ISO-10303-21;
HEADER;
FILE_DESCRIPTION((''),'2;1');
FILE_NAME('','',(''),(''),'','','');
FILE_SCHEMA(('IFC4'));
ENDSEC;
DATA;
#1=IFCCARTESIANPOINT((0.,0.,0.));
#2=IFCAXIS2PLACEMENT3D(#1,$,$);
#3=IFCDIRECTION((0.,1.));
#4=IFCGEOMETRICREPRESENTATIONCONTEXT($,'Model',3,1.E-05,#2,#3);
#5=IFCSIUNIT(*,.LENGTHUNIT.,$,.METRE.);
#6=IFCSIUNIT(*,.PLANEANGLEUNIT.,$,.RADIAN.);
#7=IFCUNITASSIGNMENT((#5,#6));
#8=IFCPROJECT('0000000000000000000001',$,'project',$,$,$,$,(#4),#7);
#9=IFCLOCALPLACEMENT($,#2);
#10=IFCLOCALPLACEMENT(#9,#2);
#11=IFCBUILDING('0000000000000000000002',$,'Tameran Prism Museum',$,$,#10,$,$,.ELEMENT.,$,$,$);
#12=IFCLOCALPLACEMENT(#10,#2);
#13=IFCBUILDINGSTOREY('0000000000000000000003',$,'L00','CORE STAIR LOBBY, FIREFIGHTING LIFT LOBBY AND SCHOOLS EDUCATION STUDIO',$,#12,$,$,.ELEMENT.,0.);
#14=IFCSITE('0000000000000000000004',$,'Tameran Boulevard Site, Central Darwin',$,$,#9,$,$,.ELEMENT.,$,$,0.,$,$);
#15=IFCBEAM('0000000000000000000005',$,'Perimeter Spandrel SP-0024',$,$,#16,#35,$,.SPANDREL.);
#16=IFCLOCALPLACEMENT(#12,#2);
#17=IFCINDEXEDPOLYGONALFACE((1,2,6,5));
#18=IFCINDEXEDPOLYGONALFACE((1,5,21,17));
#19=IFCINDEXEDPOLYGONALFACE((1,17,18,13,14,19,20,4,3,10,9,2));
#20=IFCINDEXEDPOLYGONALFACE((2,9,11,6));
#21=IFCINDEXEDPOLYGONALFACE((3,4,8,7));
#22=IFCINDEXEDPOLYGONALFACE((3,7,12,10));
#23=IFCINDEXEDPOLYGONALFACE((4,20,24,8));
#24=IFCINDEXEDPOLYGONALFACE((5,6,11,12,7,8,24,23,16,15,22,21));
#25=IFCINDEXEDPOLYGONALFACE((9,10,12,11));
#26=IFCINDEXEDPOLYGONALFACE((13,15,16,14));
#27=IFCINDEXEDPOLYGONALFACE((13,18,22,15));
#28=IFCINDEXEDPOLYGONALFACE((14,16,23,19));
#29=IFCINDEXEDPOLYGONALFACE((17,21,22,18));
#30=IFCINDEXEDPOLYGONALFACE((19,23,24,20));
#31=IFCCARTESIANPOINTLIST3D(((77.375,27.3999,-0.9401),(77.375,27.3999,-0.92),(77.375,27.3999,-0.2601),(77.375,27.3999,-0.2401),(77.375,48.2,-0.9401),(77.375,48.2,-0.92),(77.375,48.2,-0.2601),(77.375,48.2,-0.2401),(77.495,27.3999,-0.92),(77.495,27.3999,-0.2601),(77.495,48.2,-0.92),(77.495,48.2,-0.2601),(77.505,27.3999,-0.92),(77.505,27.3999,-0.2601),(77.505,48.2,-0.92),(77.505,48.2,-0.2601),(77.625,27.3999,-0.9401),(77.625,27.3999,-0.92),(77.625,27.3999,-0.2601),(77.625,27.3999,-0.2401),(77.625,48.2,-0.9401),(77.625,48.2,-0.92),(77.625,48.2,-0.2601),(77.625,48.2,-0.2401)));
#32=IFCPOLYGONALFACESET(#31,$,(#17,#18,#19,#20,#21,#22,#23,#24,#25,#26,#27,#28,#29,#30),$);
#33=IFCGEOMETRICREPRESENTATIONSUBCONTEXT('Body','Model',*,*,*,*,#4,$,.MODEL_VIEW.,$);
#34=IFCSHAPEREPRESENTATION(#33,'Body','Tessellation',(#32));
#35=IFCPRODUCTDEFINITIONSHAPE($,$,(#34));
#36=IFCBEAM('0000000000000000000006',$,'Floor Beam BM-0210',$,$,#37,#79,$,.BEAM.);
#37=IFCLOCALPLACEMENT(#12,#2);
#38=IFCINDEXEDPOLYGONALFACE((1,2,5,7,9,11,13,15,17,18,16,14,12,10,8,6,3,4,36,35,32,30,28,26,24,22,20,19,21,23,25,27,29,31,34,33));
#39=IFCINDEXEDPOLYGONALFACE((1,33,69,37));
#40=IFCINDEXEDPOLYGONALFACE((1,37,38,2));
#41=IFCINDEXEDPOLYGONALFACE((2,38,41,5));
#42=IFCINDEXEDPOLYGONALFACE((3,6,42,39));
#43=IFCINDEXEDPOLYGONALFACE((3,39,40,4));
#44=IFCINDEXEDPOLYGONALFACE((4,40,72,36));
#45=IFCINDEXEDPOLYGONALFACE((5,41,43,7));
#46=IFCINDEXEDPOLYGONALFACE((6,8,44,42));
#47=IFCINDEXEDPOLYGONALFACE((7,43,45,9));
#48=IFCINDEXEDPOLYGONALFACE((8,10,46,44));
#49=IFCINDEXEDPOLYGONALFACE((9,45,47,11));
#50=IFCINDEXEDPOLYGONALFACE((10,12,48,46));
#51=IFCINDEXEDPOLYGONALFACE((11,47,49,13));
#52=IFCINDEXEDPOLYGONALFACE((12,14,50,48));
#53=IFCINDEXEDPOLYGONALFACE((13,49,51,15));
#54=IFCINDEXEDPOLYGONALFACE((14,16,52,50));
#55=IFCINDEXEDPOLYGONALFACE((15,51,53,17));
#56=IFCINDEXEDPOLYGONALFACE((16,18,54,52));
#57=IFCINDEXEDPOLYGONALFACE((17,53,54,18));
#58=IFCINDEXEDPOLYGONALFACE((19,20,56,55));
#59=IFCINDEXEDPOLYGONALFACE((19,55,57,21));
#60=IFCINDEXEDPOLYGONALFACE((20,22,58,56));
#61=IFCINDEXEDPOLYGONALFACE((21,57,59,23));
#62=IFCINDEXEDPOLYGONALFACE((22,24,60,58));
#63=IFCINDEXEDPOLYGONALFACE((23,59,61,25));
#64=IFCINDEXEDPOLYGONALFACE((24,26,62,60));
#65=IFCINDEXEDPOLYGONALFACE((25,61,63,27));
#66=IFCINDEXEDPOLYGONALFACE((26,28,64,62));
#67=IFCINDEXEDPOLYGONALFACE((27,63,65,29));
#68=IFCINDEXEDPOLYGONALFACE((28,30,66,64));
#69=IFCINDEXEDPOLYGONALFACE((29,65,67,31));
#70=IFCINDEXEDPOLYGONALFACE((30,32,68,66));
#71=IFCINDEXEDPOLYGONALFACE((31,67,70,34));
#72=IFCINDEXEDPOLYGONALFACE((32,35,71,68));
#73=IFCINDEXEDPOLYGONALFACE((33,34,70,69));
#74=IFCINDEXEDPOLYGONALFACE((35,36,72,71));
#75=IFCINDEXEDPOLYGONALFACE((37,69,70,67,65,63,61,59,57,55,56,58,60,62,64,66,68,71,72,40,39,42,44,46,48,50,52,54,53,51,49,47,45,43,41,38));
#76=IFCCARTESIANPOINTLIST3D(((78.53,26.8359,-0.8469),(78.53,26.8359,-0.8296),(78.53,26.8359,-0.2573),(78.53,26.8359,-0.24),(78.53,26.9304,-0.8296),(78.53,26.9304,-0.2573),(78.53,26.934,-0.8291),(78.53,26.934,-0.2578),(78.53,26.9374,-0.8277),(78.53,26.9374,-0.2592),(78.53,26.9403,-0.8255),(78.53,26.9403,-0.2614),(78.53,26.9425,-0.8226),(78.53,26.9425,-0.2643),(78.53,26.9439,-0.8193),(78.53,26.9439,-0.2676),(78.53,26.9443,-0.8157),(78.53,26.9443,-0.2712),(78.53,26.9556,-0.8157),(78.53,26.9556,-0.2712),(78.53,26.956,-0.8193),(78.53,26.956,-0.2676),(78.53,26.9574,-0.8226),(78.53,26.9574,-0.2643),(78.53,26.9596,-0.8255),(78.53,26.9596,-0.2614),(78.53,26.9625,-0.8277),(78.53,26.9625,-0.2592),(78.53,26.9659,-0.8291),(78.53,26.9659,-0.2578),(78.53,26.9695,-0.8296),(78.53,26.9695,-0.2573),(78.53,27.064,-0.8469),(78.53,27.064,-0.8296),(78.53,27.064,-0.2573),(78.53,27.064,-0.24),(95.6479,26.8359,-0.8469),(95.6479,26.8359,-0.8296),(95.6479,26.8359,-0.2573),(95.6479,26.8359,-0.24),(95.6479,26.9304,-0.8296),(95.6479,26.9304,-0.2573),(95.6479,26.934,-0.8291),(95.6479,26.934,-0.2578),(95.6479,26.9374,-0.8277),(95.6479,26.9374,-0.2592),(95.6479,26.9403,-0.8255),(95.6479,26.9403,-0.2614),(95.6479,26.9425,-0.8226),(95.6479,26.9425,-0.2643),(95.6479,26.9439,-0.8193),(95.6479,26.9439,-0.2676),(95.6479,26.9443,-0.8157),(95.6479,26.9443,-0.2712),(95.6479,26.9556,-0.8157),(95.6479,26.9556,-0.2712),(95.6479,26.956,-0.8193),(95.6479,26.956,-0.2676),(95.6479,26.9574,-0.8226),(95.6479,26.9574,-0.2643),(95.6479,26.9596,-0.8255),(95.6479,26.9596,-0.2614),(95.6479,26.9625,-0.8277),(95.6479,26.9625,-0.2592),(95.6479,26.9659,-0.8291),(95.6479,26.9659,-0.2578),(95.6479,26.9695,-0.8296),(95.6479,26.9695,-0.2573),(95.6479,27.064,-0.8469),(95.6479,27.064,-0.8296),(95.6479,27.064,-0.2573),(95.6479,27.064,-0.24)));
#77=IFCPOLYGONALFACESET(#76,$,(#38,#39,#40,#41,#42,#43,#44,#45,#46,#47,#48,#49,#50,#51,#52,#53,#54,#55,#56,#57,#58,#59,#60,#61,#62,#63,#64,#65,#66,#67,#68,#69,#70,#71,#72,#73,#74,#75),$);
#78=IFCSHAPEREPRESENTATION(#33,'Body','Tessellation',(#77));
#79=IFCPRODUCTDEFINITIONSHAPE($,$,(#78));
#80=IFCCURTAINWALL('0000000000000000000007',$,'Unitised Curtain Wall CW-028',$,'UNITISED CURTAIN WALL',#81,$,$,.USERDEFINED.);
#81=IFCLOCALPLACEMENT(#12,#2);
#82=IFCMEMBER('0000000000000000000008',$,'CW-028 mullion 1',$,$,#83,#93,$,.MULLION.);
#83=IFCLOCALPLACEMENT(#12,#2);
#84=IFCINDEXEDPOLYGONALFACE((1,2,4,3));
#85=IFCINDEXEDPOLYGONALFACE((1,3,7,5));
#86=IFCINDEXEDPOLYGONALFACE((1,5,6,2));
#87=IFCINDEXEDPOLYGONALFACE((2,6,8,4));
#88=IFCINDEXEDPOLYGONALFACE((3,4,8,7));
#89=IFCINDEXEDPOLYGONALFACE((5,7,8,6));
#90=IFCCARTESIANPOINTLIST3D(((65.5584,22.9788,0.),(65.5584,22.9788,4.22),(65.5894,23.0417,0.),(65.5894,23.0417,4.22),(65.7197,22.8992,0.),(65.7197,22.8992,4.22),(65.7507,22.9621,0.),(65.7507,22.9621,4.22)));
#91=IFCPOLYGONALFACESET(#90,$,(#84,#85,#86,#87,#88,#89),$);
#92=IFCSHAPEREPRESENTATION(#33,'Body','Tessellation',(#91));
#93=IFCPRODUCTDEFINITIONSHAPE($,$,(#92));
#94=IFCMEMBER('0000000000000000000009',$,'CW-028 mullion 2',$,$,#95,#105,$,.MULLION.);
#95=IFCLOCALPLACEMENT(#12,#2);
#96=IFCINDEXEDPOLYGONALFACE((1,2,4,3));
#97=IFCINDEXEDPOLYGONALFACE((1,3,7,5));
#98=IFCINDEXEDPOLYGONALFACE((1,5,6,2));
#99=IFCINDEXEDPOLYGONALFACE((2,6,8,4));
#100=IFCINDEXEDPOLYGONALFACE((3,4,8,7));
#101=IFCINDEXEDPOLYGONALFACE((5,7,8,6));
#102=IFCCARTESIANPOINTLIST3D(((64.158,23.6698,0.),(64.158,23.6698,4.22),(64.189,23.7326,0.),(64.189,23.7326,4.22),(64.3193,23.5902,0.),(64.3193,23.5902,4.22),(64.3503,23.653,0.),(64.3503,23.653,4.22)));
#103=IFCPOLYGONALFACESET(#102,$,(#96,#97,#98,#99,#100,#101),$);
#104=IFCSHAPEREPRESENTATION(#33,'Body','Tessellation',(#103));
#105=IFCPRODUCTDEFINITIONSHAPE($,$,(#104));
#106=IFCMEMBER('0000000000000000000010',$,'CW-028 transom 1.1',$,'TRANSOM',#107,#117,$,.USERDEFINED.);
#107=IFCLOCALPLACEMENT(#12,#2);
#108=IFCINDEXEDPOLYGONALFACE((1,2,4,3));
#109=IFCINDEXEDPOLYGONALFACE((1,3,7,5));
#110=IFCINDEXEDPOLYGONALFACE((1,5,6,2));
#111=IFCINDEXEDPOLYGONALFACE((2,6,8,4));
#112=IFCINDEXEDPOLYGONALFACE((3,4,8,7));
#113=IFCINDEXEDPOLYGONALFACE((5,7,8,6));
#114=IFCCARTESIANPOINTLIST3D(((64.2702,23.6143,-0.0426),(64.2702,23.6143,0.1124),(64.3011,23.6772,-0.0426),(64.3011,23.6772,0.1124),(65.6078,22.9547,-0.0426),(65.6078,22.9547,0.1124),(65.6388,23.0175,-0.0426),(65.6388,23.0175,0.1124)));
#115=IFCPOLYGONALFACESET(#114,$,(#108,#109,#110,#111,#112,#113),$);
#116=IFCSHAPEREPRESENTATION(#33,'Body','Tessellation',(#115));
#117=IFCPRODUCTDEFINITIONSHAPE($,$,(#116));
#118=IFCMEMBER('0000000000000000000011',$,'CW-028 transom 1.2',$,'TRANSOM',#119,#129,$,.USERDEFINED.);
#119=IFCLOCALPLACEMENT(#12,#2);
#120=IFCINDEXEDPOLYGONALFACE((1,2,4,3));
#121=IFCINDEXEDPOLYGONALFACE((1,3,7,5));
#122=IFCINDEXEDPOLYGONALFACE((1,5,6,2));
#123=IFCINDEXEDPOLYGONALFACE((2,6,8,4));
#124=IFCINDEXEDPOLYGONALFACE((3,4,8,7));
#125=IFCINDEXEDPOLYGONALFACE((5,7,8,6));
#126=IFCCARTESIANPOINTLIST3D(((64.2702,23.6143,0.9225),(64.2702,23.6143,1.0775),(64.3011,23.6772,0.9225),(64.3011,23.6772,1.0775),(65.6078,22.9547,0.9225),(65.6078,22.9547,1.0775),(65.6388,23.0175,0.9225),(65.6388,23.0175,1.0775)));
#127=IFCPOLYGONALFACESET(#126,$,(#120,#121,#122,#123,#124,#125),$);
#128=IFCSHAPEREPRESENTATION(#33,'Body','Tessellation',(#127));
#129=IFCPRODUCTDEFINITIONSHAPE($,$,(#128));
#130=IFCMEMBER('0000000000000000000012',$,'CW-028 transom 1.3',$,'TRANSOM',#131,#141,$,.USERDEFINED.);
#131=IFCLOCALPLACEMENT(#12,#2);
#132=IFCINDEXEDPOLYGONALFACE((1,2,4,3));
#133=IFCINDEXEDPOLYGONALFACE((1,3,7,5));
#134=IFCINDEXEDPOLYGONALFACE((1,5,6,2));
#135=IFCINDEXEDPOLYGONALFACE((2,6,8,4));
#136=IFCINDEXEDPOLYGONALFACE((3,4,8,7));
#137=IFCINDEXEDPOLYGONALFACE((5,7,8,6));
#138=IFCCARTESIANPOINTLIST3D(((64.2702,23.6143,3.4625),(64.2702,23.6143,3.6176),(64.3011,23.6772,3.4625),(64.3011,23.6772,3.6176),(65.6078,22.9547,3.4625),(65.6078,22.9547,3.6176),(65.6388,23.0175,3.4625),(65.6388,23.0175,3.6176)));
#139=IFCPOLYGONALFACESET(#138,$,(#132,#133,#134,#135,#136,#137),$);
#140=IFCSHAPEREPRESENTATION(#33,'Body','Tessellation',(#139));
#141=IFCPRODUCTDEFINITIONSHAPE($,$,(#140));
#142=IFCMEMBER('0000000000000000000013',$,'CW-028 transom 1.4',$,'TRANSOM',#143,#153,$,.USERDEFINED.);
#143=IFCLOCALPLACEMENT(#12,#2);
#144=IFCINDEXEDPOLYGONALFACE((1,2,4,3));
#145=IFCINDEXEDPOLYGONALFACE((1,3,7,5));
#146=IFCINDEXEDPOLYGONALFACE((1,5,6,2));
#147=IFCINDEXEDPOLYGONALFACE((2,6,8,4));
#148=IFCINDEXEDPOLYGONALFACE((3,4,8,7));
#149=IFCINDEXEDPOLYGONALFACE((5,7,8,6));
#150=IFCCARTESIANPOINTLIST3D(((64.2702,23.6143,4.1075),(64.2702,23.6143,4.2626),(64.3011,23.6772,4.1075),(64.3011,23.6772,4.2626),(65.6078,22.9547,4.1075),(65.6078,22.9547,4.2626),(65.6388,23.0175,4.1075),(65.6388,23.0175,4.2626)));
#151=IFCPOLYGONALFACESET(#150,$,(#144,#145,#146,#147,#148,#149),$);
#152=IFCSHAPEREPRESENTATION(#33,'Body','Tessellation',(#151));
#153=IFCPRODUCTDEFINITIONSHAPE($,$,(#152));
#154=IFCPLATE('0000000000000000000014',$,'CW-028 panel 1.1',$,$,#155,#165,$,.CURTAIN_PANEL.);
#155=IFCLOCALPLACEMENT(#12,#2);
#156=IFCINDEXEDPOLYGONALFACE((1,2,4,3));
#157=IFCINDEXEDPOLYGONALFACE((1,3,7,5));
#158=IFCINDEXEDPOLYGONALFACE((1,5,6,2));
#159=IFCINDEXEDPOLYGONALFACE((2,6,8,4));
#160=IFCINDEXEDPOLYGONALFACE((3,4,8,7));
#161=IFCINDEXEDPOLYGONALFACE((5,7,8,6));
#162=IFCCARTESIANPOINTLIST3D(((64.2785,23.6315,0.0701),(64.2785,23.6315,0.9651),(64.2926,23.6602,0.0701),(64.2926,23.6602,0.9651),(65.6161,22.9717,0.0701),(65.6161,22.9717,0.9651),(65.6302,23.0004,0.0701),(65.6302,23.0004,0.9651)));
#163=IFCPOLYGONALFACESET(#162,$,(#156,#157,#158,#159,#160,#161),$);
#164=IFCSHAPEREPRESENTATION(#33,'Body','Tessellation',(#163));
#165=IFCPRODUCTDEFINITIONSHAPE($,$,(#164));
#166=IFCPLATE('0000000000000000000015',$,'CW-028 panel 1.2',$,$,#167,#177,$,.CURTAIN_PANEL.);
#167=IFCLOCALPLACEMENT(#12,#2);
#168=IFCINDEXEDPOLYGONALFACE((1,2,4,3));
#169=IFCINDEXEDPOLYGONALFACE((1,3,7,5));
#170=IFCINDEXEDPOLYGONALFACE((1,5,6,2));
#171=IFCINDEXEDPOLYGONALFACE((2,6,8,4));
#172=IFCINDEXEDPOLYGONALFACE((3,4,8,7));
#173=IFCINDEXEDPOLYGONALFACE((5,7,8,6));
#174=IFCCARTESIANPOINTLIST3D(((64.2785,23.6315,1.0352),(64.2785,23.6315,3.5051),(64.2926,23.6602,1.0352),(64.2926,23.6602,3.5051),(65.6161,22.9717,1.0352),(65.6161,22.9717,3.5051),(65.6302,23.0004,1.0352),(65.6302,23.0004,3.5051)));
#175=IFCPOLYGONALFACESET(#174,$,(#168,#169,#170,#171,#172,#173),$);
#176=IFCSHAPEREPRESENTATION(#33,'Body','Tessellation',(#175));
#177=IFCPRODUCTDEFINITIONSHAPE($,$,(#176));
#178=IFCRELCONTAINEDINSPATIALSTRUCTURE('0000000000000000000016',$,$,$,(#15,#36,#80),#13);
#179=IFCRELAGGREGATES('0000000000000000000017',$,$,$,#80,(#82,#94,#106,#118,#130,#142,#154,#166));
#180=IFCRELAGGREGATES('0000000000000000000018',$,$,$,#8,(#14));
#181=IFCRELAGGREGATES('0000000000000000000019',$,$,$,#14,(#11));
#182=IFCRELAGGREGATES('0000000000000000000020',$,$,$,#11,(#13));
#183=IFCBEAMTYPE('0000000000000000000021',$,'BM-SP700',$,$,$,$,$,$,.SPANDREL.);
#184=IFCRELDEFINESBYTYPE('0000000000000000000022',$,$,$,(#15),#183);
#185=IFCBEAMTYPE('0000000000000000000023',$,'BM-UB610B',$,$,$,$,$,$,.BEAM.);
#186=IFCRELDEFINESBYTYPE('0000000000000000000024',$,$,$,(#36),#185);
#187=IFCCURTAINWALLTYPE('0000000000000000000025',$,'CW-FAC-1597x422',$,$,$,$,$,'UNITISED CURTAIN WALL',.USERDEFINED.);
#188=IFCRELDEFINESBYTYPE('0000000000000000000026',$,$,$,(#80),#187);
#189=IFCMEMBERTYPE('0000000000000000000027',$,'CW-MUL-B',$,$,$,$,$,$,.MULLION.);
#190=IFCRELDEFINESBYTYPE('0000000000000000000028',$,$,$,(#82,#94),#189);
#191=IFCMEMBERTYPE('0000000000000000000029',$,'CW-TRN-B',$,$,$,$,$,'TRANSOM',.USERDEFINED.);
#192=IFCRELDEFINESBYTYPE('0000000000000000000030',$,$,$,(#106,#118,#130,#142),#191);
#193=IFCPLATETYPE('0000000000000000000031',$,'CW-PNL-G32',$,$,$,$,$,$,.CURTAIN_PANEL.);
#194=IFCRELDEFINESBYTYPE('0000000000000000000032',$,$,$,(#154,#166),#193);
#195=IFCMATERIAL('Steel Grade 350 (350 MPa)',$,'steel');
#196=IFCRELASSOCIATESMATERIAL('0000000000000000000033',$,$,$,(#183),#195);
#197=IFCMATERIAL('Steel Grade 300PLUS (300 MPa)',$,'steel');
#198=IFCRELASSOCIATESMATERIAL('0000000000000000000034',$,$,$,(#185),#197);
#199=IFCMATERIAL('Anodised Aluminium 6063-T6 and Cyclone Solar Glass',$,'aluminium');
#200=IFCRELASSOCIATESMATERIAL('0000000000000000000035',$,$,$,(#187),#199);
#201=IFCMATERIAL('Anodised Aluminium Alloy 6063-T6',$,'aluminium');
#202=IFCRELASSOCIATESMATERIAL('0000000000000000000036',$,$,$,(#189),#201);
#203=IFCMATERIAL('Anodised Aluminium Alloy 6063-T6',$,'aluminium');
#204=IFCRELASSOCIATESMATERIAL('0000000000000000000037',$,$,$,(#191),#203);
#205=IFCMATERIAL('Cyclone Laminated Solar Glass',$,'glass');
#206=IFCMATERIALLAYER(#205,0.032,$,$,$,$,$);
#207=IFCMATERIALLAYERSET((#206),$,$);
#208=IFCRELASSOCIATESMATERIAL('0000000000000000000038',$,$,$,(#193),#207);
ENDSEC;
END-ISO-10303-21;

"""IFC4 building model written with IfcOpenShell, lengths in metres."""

from ifc_helpers import new_model, si_unit, direction, frame, origin, origin_2d, place, context, subcontext, project, spatial, rectangle, i_section, extrude, material, layer, layer_set, material_profile, profile_set, type_object, element, aggregate, save


model = new_model("IFC4")

# Units and contexts
model_context = context("Model", 3, precision=1e-05, world=origin(), true_north=direction((0.0, 1.0)))
body_context = subcontext(model_context, "Body", "Model", "MODEL_VIEW")
ifc_project = project(units=[si_unit("LENGTHUNIT", "METRE"), si_unit("PLANEANGLEUNIT", "RADIAN")], contexts=[model_context])

# Site, building, storey
site_placement = place(None, origin())
site = spatial("IfcSite", under=ifc_project, at=site_placement, Name="Tameran Boulevard Site, Central Darwin", CompositionType="ELEMENT", RefElevation=0.0)
building_placement = place(site_placement, origin())
building = spatial("IfcBuilding", under=site, at=building_placement, Name="Tameran Prism Museum", CompositionType="ELEMENT")
storey_placement = place(building_placement, origin())
storey = spatial("IfcBuildingStorey", under=building, at=storey_placement, Name="L00", Description="CORE STAIR LOBBY, FIREFIGHTING LIFT LOBBY AND SCHOOLS EDUCATION STUDIO", CompositionType="ELEMENT", Elevation=0.0)

# Beams
ifc_material_1 = material(Name="Steel Grade 350 (350 MPa)", Category="steel")
ifc_material_profile_1 = material_profile(ifc_material_1, i_section(OverallWidth=0.25, OverallDepth=0.7, WebThickness=0.01, FlangeThickness=0.02, at=origin_2d()))
ifc_profile_set_1 = profile_set([ifc_material_profile_1])
beam_type_1 = type_object("IfcBeamType", Name="BM-SP700", PredefinedType="SPANDREL", material=ifc_profile_set_1)
beam_1_placement = place(storey_placement, frame((77.5, 27.3999, -0.5901), z_axis=(0.0, 1.0, 0.0), x_axis=(-1.0, 0.0, 0.0)))
element("IfcBeam", 1, at=beam_1_placement, inside=storey, type_object=beam_type_1, Name="Perimeter Spandrel SP-0024", PredefinedType="SPANDREL", context=body_context, shape_type="SweptSolid", body=[
    extrude(i_section(OverallWidth=0.25, OverallDepth=0.7, WebThickness=0.01, FlangeThickness=0.02, at=origin_2d()), origin(), (0.0, 0.0, 1.0), 20.8),
])
ifc_material_2 = material(Name="Steel Grade 300PLUS (300 MPa)", Category="steel")
ifc_material_profile_2 = material_profile(ifc_material_2, i_section(OverallWidth=0.228, OverallDepth=0.6069, WebThickness=0.0112, FlangeThickness=0.0173, FilletRadius=0.0139, at=origin_2d()))
ifc_profile_set_2 = profile_set([ifc_material_profile_2])
beam_type_2 = type_object("IfcBeamType", Name="BM-UB610B", PredefinedType="BEAM", material=ifc_profile_set_2)
beam_2_placement = place(storey_placement, frame((78.53, 26.95, -0.5435), z_axis=(1.0, 0.0, 0.0), x_axis=(0.0, 1.0, 0.0)))
element("IfcBeam", 2, at=beam_2_placement, inside=storey, type_object=beam_type_2, Name="Floor Beam BM-0210", PredefinedType="BEAM", context=body_context, shape_type="SweptSolid", body=[
    extrude(i_section(OverallWidth=0.228, OverallDepth=0.6069, WebThickness=0.0112, FlangeThickness=0.0173, FilletRadius=0.0139, at=origin_2d()), origin(), (0.0, 0.0, 1.0), 17.1179),
])

# Curtain wall, members, plates
ifc_material_3 = material(Name="Anodised Aluminium 6063-T6 and Cyclone Solar Glass", Category="aluminium")
curtain_wall_type = type_object("IfcCurtainWallType", Name="CW-FAC-1597x422", ElementType="UNITISED CURTAIN WALL", PredefinedType="USERDEFINED", material=ifc_material_3)
curtain_wall_placement = place(storey_placement, origin())
curtain_wall = element("IfcCurtainWall", 3, at=curtain_wall_placement, inside=storey, type_object=curtain_wall_type, Name="Unitised Curtain Wall CW-028", ObjectType="UNITISED CURTAIN WALL", PredefinedType="USERDEFINED")
ifc_material_4 = material(Name="Anodised Aluminium Alloy 6063-T6", Category="aluminium")
ifc_material_profile_3 = material_profile(ifc_material_4, rectangle(XDim=0.0701, YDim=0.1799, at=origin_2d()))
ifc_profile_set_3 = profile_set([ifc_material_profile_3])
member_type_1 = type_object("IfcMemberType", Name="CW-MUL-B", PredefinedType="MULLION", material=ifc_profile_set_3)
member_1_placement = place(storey_placement, frame((65.6545, 22.9705, 0.0), z_axis=(0.0, 0.0, 1.0), x_axis=(-0.442397, -0.896819, 0.0)))
member_1 = element("IfcMember", 4, at=member_1_placement, type_object=member_type_1, Name="CW-028 mullion 1", PredefinedType="MULLION", context=body_context, shape_type="SweptSolid", body=[
    extrude(rectangle(XDim=0.0701, YDim=0.1799, at=origin_2d()), origin(), (0.0, 0.0, 1.0), 4.22),
])
member_2_placement = place(storey_placement, frame((64.2542, 23.6614, 0.0), z_axis=(0.0, 0.0, 1.0), x_axis=(-0.442397, -0.896819, 0.0)))
member_2 = element("IfcMember", 5, at=member_2_placement, type_object=member_type_1, Name="CW-028 mullion 2", PredefinedType="MULLION", context=body_context, shape_type="SweptSolid", body=[
    extrude(rectangle(XDim=0.0701, YDim=0.1799, at=origin_2d()), origin(), (0.0, 0.0, 1.0), 4.22),
])
ifc_material_5 = material(Name="Anodised Aluminium Alloy 6063-T6", Category="aluminium")
ifc_material_profile_4 = material_profile(ifc_material_5, rectangle(XDim=0.0701, YDim=0.155, at=origin_2d()))
ifc_profile_set_4 = profile_set([ifc_material_profile_4])
member_type_2 = type_object("IfcMemberType", Name="CW-TRN-B", ElementType="TRANSOM", PredefinedType="USERDEFINED", material=ifc_profile_set_4)
member_3_placement = place(storey_placement, frame((65.6233, 22.9861, 0.0349), z_axis=(-0.896869, 0.442296, 0.0), x_axis=(-0.442296, -0.896869, 0.0)))
member_3 = element("IfcMember", 6, at=member_3_placement, type_object=member_type_2, Name="CW-028 transom 1.1", ObjectType="TRANSOM", PredefinedType="USERDEFINED", context=body_context, shape_type="SweptSolid", body=[
    extrude(rectangle(XDim=0.0701, YDim=0.155, at=origin_2d()), origin(), (0.0, 0.0, 1.0), 1.4915),
])
member_4_placement = place(storey_placement, frame((65.6233, 22.9861, 1.0), z_axis=(-0.896869, 0.442296, 0.0), x_axis=(-0.442296, -0.896869, 0.0)))
member_4 = element("IfcMember", 7, at=member_4_placement, type_object=member_type_2, Name="CW-028 transom 1.2", ObjectType="TRANSOM", PredefinedType="USERDEFINED", context=body_context, shape_type="SweptSolid", body=[
    extrude(rectangle(XDim=0.0701, YDim=0.155, at=origin_2d()), origin(), (0.0, 0.0, 1.0), 1.4915),
])
member_5_placement = place(storey_placement, frame((65.6233, 22.9861, 3.54), z_axis=(-0.896869, 0.442296, 0.0), x_axis=(-0.442296, -0.896869, 0.0)))
member_5 = element("IfcMember", 8, at=member_5_placement, type_object=member_type_2, Name="CW-028 transom 1.3", ObjectType="TRANSOM", PredefinedType="USERDEFINED", context=body_context, shape_type="SweptSolid", body=[
    extrude(rectangle(XDim=0.0701, YDim=0.155, at=origin_2d()), origin(), (0.0, 0.0, 1.0), 1.4915),
])
member_6_placement = place(storey_placement, frame((65.6233, 22.9861, 4.1851), z_axis=(-0.896869, 0.442296, 0.0), x_axis=(-0.442296, -0.896869, 0.0)))
member_6 = element("IfcMember", 9, at=member_6_placement, type_object=member_type_2, Name="CW-028 transom 1.4", ObjectType="TRANSOM", PredefinedType="USERDEFINED", context=body_context, shape_type="SweptSolid", body=[
    extrude(rectangle(XDim=0.0701, YDim=0.155, at=origin_2d()), origin(), (0.0, 0.0, 1.0), 1.4915),
])
ifc_material_6 = material(Name="Cyclone Laminated Solar Glass", Category="glass")
ifc_layer_1 = layer(ifc_material_6, 0.032)
ifc_layer_set_1 = layer_set([ifc_layer_1])
plate_type = type_object("IfcPlateType", Name="CW-PNL-G32", PredefinedType="CURTAIN_PANEL", material=ifc_layer_set_1)
plate_1_placement = place(storey_placement, frame((64.9543, 23.3159, 0.0701), z_axis=(0.0, 0.0, 1.0), x_axis=(-0.896819, 0.442397, 0.0)))
plate_1 = element("IfcPlate", 10, at=plate_1_placement, type_object=plate_type, Name="CW-028 panel 1.1", PredefinedType="CURTAIN_PANEL", context=body_context, shape_type="SweptSolid", body=[
    extrude(rectangle(XDim=1.4915, YDim=0.032, at=origin_2d()), origin(), (0.0, 0.0, 1.0), 0.895),
])
plate_2_placement = place(storey_placement, frame((64.9543, 23.3159, 1.0352), z_axis=(0.0, 0.0, 1.0), x_axis=(-0.896819, 0.442397, 0.0)))
plate_2 = element("IfcPlate", 11, at=plate_2_placement, type_object=plate_type, Name="CW-028 panel 1.2", PredefinedType="CURTAIN_PANEL", context=body_context, shape_type="SweptSolid", body=[
    extrude(rectangle(XDim=1.4915, YDim=0.032, at=origin_2d()), origin(), (0.0, 0.0, 1.0), 2.47),
])
aggregate(curtain_wall, [member_1, member_2, member_3, member_4, member_5, member_6, plate_1, plate_2])

save(model, "model.ifc")
